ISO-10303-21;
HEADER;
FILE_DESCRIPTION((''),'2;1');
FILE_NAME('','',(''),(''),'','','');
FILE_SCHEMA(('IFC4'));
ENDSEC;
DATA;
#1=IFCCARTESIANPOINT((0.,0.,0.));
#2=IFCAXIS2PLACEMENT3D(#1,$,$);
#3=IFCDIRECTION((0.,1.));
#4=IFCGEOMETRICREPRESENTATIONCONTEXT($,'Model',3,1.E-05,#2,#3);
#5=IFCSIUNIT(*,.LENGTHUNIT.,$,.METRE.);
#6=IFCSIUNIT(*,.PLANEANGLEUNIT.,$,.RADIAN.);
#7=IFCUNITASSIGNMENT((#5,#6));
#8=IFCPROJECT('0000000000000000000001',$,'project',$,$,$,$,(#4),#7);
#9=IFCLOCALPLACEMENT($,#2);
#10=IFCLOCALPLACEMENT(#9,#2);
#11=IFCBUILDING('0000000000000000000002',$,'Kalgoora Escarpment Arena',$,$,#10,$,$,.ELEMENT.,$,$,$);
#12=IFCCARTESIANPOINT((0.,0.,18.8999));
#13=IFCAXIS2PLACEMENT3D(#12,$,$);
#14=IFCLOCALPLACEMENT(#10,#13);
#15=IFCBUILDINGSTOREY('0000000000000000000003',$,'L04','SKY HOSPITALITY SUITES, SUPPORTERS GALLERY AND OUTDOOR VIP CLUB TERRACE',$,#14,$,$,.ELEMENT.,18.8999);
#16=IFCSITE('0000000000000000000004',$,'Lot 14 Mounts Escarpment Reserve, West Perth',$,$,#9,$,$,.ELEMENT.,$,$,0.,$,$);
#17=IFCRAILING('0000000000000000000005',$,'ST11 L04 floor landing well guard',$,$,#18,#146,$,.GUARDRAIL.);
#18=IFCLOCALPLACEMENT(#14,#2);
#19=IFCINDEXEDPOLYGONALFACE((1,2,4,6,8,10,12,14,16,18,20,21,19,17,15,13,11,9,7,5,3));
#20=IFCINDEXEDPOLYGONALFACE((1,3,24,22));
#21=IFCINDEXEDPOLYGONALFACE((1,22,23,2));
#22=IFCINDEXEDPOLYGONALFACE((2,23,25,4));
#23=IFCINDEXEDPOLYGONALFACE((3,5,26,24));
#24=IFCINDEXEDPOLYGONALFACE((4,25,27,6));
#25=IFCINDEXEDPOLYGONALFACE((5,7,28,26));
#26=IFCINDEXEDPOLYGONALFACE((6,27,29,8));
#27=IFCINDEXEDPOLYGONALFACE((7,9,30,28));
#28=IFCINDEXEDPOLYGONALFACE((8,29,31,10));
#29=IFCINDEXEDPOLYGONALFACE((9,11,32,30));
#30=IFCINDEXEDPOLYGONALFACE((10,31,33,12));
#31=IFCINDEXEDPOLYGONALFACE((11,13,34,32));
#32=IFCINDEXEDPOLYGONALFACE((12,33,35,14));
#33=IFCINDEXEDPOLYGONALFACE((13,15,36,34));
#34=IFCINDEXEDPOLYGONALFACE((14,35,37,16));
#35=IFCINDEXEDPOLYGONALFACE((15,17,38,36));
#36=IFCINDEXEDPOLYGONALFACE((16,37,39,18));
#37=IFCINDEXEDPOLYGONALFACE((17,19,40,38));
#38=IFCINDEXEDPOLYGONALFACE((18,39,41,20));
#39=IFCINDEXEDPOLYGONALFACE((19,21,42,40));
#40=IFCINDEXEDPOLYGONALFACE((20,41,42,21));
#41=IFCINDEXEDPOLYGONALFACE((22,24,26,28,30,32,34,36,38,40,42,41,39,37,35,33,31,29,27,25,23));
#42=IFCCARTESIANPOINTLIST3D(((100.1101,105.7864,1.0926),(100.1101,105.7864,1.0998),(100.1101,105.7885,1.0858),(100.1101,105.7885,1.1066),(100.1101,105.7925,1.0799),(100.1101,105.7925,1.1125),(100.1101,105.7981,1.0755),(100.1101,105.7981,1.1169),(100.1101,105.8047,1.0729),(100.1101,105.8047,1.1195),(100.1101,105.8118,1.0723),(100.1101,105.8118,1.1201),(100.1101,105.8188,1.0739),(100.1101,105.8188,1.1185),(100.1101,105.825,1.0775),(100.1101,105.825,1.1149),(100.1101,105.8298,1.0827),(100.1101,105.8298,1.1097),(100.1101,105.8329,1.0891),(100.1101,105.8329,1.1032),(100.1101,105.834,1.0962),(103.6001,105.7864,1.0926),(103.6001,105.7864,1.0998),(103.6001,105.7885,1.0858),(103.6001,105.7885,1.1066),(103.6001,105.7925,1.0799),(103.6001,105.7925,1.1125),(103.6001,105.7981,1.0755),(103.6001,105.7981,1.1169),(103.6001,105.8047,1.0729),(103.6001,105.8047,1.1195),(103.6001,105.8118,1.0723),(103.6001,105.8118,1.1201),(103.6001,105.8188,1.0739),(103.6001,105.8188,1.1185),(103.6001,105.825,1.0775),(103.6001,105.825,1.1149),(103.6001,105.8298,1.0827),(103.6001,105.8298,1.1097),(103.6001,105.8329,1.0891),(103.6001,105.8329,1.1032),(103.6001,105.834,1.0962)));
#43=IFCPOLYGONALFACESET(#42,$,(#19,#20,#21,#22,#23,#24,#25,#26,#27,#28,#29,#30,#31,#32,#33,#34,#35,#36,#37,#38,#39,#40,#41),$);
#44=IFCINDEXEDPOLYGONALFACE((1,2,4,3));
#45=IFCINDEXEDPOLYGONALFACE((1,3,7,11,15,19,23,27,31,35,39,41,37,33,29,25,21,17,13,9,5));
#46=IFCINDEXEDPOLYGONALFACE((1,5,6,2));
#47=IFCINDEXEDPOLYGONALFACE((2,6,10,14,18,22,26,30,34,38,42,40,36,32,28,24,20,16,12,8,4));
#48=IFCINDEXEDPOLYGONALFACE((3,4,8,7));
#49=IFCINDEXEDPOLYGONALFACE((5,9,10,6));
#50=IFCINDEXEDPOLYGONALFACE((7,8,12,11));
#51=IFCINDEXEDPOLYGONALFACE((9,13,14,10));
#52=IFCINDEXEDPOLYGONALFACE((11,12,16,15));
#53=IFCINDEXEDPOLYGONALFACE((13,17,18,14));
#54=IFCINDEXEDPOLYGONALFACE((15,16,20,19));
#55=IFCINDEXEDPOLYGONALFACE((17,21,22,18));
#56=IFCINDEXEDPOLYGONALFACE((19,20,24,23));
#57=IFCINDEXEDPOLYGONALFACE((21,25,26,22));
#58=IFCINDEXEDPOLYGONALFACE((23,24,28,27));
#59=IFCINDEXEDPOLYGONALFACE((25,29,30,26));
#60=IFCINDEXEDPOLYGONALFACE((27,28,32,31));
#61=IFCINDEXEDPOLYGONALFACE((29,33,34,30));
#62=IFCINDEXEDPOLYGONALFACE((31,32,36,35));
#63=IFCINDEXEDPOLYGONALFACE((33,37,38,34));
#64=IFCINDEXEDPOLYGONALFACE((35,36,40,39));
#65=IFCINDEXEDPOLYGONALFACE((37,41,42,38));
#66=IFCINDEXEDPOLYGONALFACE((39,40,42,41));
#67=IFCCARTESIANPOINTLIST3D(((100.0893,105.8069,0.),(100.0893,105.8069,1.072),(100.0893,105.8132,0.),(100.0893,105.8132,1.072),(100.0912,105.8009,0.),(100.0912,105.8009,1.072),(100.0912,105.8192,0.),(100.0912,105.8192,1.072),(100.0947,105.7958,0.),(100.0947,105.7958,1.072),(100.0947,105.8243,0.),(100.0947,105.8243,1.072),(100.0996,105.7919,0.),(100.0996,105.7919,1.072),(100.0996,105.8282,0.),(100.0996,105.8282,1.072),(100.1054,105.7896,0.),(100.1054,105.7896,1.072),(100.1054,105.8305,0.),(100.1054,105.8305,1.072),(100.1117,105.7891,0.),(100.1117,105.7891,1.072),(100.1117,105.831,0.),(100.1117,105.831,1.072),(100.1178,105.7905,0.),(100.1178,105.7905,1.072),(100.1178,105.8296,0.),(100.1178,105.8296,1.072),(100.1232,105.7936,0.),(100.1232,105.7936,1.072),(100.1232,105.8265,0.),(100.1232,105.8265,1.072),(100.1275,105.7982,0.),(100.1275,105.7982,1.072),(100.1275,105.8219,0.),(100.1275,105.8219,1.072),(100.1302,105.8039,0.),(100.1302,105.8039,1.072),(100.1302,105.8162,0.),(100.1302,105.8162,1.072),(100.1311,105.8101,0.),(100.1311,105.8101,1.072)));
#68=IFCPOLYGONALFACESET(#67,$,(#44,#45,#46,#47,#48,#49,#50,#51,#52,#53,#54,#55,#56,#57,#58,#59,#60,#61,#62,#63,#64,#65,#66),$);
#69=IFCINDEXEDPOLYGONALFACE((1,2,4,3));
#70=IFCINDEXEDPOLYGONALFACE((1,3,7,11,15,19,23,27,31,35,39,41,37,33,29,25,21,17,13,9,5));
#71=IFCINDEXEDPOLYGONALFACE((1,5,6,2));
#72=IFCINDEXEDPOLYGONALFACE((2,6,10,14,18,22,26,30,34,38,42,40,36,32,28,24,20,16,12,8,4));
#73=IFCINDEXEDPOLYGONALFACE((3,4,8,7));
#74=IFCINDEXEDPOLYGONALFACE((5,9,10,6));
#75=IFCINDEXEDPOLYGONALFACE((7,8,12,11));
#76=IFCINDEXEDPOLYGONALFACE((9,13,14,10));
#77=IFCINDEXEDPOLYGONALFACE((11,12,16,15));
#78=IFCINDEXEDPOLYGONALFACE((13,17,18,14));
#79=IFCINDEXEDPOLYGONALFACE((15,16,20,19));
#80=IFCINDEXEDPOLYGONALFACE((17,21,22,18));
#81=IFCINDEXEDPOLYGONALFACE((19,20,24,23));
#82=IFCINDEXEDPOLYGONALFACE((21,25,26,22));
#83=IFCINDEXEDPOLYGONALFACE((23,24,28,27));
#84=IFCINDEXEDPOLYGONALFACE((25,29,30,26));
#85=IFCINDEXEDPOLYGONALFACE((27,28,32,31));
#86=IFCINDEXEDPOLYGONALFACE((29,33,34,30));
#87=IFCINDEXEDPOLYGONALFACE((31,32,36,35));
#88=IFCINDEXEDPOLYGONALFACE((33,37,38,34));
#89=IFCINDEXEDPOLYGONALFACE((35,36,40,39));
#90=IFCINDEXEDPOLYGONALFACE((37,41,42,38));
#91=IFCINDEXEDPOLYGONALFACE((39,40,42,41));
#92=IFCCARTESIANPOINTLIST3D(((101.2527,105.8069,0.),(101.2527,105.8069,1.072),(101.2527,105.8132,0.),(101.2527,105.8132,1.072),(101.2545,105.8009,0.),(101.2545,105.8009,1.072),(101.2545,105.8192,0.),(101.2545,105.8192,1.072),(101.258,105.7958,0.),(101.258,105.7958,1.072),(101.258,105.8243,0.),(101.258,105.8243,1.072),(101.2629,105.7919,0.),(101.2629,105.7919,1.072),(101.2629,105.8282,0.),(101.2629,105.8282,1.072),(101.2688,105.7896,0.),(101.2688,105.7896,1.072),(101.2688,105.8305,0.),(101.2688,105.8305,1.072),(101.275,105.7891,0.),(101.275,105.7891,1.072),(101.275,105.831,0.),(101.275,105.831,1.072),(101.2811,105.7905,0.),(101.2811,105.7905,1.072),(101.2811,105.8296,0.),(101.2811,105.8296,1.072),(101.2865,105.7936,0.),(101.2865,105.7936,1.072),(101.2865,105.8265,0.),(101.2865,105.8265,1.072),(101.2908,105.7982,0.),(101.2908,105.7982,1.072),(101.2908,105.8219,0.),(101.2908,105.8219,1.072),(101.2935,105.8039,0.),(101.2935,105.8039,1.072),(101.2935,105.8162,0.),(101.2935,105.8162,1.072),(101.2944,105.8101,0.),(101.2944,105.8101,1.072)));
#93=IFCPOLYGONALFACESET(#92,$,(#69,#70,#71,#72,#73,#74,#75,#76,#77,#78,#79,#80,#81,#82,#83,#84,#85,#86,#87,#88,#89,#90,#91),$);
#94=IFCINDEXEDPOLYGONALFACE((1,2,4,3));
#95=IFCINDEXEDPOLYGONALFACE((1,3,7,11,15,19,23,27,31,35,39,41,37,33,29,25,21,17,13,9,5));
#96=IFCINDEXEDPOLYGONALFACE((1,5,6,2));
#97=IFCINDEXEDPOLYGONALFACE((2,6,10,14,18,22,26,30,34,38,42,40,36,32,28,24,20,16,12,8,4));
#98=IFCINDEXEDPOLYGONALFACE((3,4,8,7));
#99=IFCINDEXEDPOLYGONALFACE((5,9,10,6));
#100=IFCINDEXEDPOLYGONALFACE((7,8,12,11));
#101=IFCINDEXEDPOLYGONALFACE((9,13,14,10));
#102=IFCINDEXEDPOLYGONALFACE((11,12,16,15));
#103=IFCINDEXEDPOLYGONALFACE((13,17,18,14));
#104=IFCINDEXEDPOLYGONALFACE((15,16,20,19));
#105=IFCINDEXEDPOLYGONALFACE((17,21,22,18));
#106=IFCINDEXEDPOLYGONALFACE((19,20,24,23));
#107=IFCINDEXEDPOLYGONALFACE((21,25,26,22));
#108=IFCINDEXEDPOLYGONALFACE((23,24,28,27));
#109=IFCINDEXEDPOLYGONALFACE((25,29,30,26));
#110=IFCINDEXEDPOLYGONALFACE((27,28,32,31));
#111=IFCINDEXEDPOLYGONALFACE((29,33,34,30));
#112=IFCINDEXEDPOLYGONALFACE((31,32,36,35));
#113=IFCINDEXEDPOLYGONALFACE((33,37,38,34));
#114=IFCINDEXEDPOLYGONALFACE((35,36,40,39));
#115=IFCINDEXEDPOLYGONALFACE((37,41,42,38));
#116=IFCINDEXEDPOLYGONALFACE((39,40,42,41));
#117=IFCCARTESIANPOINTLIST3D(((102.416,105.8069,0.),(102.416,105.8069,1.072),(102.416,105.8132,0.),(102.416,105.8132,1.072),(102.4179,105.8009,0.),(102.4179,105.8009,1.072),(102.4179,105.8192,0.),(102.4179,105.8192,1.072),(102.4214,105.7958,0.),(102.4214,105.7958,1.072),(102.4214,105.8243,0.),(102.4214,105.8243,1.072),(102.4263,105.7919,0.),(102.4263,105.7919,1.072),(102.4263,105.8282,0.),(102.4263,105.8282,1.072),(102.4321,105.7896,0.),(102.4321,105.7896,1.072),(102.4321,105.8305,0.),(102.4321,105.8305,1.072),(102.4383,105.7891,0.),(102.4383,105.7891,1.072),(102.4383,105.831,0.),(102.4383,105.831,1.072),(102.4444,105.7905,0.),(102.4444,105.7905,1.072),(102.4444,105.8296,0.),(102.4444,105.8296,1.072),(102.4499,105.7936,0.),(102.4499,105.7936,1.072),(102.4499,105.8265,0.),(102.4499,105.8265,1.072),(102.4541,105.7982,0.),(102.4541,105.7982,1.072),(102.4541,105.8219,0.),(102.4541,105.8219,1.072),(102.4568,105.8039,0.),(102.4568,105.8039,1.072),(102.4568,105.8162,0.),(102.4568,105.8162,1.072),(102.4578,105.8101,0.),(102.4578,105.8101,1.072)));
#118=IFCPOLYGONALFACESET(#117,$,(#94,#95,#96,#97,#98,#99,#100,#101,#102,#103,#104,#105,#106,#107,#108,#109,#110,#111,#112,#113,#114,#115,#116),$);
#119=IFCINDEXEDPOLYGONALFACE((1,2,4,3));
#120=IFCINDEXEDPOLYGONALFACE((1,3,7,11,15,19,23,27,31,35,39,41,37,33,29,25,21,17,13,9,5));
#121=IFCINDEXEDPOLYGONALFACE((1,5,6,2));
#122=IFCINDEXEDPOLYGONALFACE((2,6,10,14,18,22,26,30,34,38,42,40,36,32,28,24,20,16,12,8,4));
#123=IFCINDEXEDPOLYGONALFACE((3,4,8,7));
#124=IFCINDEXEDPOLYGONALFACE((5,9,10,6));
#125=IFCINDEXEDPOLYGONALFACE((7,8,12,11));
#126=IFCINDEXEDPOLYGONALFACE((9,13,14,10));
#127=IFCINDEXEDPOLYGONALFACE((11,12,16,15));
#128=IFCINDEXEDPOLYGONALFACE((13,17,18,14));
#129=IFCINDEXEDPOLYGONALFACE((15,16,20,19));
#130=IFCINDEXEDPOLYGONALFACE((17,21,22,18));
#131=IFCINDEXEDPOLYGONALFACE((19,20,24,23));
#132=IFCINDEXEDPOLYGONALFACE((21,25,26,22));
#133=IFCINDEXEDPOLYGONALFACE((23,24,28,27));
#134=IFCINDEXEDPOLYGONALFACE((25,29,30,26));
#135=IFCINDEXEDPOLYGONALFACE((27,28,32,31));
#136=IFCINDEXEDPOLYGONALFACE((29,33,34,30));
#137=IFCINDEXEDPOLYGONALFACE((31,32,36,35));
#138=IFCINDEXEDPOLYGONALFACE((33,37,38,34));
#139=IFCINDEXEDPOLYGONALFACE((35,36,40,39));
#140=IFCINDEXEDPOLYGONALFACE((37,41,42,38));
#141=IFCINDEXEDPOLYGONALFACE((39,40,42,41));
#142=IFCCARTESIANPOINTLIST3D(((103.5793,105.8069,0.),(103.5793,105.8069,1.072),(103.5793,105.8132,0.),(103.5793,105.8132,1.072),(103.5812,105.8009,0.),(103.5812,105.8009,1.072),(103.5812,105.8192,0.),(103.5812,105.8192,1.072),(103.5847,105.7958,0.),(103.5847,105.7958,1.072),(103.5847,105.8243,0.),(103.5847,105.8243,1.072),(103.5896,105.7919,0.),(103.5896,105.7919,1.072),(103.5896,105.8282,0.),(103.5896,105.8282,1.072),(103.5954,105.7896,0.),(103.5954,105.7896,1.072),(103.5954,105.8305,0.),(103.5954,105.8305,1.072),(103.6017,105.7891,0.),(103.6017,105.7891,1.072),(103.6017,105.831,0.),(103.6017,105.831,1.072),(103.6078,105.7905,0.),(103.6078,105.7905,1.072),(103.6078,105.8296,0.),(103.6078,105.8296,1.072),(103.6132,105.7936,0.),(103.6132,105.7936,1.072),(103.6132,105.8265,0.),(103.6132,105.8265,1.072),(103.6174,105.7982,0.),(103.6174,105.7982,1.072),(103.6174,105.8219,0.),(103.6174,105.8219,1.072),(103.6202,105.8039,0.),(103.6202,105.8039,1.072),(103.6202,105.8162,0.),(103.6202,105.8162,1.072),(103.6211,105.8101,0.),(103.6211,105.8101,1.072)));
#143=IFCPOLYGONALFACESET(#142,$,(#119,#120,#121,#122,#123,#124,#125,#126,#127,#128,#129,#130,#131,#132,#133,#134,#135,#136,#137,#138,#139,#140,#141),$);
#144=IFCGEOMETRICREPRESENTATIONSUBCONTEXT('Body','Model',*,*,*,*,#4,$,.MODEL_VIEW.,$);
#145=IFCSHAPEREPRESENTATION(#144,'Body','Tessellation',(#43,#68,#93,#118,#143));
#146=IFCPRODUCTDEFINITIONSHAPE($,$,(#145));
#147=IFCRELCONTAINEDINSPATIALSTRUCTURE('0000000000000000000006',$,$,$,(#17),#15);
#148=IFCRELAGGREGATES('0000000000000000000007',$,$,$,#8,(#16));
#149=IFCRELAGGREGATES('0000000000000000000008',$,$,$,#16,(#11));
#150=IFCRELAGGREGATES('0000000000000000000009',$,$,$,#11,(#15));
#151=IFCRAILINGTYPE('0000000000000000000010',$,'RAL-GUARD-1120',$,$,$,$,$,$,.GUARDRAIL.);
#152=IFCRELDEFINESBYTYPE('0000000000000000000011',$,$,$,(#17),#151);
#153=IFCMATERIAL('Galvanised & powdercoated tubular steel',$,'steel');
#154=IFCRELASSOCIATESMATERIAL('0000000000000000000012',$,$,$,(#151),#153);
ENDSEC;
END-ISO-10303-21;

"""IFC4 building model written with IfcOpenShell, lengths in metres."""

from ifc_helpers import new_model, si_unit, direction, frame, origin, origin_2d, place, context, subcontext, project, spatial, circle, extrude, material, type_object, element, save


model = new_model("IFC4")

# Units and contexts
model_context = context("Model", 3, precision=1e-05, world=origin(), true_north=direction((0.0, 1.0)))
body_context = subcontext(model_context, "Body", "Model", "MODEL_VIEW")
ifc_project = project(units=[si_unit("LENGTHUNIT", "METRE"), si_unit("PLANEANGLEUNIT", "RADIAN")], contexts=[model_context])

# Site, building, storey
site_placement = place(None, origin())
site = spatial("IfcSite", under=ifc_project, at=site_placement, Name="Lot 14 Mounts Escarpment Reserve, West Perth", CompositionType="ELEMENT", RefElevation=0.0)
building_placement = place(site_placement, origin())
building = spatial("IfcBuilding", under=site, at=building_placement, Name="Kalgoora Escarpment Arena", CompositionType="ELEMENT")
storey_placement = place(building_placement, frame((0.0, 0.0, 18.8999)))
storey = spatial("IfcBuildingStorey", under=building, at=storey_placement, Name="L04", Description="SKY HOSPITALITY SUITES, SUPPORTERS GALLERY AND OUTDOOR VIP CLUB TERRACE", CompositionType="ELEMENT", Elevation=18.8999)

# Railing
ifc_material_1 = material(Name="Galvanised & powdercoated tubular steel", Category="steel")
railing_type_1 = type_object("IfcRailingType", Name="RAL-GUARD-1120", PredefinedType="GUARDRAIL", material=ifc_material_1)
railing_1_placement = place(storey_placement, frame((100.1101, 105.8101, 0.0)))
element("IfcRailing", 1, at=railing_1_placement, inside=storey, type_object=railing_type_1, Name="ST11 L04 floor landing well guard", PredefinedType="GUARDRAIL", context=body_context, shape_type="SweptSolid", body=[
    extrude(circle(Radius=0.0239, at=origin_2d()), frame((0.0, 0.0, 1.0962), z_axis=(1.0, 0.0, 0.0), x_axis=(0.0, 1.0, 0.0)), (0.0, 0.0, 1.0), 3.49),
    extrude(circle(Radius=0.021, at=origin_2d()), origin(), (0.0, 0.0, 1.0), 1.072),
    extrude(circle(Radius=0.021, at=origin_2d()), frame((1.1633, 0.0, 0.0)), (0.0, 0.0, 1.0), 1.072),
    extrude(circle(Radius=0.021, at=origin_2d()), frame((2.3267, 0.0, 0.0)), (0.0, 0.0, 1.0), 1.072),
    extrude(circle(Radius=0.021, at=origin_2d()), frame((3.49, 0.0, 0.0)), (0.0, 0.0, 1.0), 1.072),
])

save(model, "model.ifc")
